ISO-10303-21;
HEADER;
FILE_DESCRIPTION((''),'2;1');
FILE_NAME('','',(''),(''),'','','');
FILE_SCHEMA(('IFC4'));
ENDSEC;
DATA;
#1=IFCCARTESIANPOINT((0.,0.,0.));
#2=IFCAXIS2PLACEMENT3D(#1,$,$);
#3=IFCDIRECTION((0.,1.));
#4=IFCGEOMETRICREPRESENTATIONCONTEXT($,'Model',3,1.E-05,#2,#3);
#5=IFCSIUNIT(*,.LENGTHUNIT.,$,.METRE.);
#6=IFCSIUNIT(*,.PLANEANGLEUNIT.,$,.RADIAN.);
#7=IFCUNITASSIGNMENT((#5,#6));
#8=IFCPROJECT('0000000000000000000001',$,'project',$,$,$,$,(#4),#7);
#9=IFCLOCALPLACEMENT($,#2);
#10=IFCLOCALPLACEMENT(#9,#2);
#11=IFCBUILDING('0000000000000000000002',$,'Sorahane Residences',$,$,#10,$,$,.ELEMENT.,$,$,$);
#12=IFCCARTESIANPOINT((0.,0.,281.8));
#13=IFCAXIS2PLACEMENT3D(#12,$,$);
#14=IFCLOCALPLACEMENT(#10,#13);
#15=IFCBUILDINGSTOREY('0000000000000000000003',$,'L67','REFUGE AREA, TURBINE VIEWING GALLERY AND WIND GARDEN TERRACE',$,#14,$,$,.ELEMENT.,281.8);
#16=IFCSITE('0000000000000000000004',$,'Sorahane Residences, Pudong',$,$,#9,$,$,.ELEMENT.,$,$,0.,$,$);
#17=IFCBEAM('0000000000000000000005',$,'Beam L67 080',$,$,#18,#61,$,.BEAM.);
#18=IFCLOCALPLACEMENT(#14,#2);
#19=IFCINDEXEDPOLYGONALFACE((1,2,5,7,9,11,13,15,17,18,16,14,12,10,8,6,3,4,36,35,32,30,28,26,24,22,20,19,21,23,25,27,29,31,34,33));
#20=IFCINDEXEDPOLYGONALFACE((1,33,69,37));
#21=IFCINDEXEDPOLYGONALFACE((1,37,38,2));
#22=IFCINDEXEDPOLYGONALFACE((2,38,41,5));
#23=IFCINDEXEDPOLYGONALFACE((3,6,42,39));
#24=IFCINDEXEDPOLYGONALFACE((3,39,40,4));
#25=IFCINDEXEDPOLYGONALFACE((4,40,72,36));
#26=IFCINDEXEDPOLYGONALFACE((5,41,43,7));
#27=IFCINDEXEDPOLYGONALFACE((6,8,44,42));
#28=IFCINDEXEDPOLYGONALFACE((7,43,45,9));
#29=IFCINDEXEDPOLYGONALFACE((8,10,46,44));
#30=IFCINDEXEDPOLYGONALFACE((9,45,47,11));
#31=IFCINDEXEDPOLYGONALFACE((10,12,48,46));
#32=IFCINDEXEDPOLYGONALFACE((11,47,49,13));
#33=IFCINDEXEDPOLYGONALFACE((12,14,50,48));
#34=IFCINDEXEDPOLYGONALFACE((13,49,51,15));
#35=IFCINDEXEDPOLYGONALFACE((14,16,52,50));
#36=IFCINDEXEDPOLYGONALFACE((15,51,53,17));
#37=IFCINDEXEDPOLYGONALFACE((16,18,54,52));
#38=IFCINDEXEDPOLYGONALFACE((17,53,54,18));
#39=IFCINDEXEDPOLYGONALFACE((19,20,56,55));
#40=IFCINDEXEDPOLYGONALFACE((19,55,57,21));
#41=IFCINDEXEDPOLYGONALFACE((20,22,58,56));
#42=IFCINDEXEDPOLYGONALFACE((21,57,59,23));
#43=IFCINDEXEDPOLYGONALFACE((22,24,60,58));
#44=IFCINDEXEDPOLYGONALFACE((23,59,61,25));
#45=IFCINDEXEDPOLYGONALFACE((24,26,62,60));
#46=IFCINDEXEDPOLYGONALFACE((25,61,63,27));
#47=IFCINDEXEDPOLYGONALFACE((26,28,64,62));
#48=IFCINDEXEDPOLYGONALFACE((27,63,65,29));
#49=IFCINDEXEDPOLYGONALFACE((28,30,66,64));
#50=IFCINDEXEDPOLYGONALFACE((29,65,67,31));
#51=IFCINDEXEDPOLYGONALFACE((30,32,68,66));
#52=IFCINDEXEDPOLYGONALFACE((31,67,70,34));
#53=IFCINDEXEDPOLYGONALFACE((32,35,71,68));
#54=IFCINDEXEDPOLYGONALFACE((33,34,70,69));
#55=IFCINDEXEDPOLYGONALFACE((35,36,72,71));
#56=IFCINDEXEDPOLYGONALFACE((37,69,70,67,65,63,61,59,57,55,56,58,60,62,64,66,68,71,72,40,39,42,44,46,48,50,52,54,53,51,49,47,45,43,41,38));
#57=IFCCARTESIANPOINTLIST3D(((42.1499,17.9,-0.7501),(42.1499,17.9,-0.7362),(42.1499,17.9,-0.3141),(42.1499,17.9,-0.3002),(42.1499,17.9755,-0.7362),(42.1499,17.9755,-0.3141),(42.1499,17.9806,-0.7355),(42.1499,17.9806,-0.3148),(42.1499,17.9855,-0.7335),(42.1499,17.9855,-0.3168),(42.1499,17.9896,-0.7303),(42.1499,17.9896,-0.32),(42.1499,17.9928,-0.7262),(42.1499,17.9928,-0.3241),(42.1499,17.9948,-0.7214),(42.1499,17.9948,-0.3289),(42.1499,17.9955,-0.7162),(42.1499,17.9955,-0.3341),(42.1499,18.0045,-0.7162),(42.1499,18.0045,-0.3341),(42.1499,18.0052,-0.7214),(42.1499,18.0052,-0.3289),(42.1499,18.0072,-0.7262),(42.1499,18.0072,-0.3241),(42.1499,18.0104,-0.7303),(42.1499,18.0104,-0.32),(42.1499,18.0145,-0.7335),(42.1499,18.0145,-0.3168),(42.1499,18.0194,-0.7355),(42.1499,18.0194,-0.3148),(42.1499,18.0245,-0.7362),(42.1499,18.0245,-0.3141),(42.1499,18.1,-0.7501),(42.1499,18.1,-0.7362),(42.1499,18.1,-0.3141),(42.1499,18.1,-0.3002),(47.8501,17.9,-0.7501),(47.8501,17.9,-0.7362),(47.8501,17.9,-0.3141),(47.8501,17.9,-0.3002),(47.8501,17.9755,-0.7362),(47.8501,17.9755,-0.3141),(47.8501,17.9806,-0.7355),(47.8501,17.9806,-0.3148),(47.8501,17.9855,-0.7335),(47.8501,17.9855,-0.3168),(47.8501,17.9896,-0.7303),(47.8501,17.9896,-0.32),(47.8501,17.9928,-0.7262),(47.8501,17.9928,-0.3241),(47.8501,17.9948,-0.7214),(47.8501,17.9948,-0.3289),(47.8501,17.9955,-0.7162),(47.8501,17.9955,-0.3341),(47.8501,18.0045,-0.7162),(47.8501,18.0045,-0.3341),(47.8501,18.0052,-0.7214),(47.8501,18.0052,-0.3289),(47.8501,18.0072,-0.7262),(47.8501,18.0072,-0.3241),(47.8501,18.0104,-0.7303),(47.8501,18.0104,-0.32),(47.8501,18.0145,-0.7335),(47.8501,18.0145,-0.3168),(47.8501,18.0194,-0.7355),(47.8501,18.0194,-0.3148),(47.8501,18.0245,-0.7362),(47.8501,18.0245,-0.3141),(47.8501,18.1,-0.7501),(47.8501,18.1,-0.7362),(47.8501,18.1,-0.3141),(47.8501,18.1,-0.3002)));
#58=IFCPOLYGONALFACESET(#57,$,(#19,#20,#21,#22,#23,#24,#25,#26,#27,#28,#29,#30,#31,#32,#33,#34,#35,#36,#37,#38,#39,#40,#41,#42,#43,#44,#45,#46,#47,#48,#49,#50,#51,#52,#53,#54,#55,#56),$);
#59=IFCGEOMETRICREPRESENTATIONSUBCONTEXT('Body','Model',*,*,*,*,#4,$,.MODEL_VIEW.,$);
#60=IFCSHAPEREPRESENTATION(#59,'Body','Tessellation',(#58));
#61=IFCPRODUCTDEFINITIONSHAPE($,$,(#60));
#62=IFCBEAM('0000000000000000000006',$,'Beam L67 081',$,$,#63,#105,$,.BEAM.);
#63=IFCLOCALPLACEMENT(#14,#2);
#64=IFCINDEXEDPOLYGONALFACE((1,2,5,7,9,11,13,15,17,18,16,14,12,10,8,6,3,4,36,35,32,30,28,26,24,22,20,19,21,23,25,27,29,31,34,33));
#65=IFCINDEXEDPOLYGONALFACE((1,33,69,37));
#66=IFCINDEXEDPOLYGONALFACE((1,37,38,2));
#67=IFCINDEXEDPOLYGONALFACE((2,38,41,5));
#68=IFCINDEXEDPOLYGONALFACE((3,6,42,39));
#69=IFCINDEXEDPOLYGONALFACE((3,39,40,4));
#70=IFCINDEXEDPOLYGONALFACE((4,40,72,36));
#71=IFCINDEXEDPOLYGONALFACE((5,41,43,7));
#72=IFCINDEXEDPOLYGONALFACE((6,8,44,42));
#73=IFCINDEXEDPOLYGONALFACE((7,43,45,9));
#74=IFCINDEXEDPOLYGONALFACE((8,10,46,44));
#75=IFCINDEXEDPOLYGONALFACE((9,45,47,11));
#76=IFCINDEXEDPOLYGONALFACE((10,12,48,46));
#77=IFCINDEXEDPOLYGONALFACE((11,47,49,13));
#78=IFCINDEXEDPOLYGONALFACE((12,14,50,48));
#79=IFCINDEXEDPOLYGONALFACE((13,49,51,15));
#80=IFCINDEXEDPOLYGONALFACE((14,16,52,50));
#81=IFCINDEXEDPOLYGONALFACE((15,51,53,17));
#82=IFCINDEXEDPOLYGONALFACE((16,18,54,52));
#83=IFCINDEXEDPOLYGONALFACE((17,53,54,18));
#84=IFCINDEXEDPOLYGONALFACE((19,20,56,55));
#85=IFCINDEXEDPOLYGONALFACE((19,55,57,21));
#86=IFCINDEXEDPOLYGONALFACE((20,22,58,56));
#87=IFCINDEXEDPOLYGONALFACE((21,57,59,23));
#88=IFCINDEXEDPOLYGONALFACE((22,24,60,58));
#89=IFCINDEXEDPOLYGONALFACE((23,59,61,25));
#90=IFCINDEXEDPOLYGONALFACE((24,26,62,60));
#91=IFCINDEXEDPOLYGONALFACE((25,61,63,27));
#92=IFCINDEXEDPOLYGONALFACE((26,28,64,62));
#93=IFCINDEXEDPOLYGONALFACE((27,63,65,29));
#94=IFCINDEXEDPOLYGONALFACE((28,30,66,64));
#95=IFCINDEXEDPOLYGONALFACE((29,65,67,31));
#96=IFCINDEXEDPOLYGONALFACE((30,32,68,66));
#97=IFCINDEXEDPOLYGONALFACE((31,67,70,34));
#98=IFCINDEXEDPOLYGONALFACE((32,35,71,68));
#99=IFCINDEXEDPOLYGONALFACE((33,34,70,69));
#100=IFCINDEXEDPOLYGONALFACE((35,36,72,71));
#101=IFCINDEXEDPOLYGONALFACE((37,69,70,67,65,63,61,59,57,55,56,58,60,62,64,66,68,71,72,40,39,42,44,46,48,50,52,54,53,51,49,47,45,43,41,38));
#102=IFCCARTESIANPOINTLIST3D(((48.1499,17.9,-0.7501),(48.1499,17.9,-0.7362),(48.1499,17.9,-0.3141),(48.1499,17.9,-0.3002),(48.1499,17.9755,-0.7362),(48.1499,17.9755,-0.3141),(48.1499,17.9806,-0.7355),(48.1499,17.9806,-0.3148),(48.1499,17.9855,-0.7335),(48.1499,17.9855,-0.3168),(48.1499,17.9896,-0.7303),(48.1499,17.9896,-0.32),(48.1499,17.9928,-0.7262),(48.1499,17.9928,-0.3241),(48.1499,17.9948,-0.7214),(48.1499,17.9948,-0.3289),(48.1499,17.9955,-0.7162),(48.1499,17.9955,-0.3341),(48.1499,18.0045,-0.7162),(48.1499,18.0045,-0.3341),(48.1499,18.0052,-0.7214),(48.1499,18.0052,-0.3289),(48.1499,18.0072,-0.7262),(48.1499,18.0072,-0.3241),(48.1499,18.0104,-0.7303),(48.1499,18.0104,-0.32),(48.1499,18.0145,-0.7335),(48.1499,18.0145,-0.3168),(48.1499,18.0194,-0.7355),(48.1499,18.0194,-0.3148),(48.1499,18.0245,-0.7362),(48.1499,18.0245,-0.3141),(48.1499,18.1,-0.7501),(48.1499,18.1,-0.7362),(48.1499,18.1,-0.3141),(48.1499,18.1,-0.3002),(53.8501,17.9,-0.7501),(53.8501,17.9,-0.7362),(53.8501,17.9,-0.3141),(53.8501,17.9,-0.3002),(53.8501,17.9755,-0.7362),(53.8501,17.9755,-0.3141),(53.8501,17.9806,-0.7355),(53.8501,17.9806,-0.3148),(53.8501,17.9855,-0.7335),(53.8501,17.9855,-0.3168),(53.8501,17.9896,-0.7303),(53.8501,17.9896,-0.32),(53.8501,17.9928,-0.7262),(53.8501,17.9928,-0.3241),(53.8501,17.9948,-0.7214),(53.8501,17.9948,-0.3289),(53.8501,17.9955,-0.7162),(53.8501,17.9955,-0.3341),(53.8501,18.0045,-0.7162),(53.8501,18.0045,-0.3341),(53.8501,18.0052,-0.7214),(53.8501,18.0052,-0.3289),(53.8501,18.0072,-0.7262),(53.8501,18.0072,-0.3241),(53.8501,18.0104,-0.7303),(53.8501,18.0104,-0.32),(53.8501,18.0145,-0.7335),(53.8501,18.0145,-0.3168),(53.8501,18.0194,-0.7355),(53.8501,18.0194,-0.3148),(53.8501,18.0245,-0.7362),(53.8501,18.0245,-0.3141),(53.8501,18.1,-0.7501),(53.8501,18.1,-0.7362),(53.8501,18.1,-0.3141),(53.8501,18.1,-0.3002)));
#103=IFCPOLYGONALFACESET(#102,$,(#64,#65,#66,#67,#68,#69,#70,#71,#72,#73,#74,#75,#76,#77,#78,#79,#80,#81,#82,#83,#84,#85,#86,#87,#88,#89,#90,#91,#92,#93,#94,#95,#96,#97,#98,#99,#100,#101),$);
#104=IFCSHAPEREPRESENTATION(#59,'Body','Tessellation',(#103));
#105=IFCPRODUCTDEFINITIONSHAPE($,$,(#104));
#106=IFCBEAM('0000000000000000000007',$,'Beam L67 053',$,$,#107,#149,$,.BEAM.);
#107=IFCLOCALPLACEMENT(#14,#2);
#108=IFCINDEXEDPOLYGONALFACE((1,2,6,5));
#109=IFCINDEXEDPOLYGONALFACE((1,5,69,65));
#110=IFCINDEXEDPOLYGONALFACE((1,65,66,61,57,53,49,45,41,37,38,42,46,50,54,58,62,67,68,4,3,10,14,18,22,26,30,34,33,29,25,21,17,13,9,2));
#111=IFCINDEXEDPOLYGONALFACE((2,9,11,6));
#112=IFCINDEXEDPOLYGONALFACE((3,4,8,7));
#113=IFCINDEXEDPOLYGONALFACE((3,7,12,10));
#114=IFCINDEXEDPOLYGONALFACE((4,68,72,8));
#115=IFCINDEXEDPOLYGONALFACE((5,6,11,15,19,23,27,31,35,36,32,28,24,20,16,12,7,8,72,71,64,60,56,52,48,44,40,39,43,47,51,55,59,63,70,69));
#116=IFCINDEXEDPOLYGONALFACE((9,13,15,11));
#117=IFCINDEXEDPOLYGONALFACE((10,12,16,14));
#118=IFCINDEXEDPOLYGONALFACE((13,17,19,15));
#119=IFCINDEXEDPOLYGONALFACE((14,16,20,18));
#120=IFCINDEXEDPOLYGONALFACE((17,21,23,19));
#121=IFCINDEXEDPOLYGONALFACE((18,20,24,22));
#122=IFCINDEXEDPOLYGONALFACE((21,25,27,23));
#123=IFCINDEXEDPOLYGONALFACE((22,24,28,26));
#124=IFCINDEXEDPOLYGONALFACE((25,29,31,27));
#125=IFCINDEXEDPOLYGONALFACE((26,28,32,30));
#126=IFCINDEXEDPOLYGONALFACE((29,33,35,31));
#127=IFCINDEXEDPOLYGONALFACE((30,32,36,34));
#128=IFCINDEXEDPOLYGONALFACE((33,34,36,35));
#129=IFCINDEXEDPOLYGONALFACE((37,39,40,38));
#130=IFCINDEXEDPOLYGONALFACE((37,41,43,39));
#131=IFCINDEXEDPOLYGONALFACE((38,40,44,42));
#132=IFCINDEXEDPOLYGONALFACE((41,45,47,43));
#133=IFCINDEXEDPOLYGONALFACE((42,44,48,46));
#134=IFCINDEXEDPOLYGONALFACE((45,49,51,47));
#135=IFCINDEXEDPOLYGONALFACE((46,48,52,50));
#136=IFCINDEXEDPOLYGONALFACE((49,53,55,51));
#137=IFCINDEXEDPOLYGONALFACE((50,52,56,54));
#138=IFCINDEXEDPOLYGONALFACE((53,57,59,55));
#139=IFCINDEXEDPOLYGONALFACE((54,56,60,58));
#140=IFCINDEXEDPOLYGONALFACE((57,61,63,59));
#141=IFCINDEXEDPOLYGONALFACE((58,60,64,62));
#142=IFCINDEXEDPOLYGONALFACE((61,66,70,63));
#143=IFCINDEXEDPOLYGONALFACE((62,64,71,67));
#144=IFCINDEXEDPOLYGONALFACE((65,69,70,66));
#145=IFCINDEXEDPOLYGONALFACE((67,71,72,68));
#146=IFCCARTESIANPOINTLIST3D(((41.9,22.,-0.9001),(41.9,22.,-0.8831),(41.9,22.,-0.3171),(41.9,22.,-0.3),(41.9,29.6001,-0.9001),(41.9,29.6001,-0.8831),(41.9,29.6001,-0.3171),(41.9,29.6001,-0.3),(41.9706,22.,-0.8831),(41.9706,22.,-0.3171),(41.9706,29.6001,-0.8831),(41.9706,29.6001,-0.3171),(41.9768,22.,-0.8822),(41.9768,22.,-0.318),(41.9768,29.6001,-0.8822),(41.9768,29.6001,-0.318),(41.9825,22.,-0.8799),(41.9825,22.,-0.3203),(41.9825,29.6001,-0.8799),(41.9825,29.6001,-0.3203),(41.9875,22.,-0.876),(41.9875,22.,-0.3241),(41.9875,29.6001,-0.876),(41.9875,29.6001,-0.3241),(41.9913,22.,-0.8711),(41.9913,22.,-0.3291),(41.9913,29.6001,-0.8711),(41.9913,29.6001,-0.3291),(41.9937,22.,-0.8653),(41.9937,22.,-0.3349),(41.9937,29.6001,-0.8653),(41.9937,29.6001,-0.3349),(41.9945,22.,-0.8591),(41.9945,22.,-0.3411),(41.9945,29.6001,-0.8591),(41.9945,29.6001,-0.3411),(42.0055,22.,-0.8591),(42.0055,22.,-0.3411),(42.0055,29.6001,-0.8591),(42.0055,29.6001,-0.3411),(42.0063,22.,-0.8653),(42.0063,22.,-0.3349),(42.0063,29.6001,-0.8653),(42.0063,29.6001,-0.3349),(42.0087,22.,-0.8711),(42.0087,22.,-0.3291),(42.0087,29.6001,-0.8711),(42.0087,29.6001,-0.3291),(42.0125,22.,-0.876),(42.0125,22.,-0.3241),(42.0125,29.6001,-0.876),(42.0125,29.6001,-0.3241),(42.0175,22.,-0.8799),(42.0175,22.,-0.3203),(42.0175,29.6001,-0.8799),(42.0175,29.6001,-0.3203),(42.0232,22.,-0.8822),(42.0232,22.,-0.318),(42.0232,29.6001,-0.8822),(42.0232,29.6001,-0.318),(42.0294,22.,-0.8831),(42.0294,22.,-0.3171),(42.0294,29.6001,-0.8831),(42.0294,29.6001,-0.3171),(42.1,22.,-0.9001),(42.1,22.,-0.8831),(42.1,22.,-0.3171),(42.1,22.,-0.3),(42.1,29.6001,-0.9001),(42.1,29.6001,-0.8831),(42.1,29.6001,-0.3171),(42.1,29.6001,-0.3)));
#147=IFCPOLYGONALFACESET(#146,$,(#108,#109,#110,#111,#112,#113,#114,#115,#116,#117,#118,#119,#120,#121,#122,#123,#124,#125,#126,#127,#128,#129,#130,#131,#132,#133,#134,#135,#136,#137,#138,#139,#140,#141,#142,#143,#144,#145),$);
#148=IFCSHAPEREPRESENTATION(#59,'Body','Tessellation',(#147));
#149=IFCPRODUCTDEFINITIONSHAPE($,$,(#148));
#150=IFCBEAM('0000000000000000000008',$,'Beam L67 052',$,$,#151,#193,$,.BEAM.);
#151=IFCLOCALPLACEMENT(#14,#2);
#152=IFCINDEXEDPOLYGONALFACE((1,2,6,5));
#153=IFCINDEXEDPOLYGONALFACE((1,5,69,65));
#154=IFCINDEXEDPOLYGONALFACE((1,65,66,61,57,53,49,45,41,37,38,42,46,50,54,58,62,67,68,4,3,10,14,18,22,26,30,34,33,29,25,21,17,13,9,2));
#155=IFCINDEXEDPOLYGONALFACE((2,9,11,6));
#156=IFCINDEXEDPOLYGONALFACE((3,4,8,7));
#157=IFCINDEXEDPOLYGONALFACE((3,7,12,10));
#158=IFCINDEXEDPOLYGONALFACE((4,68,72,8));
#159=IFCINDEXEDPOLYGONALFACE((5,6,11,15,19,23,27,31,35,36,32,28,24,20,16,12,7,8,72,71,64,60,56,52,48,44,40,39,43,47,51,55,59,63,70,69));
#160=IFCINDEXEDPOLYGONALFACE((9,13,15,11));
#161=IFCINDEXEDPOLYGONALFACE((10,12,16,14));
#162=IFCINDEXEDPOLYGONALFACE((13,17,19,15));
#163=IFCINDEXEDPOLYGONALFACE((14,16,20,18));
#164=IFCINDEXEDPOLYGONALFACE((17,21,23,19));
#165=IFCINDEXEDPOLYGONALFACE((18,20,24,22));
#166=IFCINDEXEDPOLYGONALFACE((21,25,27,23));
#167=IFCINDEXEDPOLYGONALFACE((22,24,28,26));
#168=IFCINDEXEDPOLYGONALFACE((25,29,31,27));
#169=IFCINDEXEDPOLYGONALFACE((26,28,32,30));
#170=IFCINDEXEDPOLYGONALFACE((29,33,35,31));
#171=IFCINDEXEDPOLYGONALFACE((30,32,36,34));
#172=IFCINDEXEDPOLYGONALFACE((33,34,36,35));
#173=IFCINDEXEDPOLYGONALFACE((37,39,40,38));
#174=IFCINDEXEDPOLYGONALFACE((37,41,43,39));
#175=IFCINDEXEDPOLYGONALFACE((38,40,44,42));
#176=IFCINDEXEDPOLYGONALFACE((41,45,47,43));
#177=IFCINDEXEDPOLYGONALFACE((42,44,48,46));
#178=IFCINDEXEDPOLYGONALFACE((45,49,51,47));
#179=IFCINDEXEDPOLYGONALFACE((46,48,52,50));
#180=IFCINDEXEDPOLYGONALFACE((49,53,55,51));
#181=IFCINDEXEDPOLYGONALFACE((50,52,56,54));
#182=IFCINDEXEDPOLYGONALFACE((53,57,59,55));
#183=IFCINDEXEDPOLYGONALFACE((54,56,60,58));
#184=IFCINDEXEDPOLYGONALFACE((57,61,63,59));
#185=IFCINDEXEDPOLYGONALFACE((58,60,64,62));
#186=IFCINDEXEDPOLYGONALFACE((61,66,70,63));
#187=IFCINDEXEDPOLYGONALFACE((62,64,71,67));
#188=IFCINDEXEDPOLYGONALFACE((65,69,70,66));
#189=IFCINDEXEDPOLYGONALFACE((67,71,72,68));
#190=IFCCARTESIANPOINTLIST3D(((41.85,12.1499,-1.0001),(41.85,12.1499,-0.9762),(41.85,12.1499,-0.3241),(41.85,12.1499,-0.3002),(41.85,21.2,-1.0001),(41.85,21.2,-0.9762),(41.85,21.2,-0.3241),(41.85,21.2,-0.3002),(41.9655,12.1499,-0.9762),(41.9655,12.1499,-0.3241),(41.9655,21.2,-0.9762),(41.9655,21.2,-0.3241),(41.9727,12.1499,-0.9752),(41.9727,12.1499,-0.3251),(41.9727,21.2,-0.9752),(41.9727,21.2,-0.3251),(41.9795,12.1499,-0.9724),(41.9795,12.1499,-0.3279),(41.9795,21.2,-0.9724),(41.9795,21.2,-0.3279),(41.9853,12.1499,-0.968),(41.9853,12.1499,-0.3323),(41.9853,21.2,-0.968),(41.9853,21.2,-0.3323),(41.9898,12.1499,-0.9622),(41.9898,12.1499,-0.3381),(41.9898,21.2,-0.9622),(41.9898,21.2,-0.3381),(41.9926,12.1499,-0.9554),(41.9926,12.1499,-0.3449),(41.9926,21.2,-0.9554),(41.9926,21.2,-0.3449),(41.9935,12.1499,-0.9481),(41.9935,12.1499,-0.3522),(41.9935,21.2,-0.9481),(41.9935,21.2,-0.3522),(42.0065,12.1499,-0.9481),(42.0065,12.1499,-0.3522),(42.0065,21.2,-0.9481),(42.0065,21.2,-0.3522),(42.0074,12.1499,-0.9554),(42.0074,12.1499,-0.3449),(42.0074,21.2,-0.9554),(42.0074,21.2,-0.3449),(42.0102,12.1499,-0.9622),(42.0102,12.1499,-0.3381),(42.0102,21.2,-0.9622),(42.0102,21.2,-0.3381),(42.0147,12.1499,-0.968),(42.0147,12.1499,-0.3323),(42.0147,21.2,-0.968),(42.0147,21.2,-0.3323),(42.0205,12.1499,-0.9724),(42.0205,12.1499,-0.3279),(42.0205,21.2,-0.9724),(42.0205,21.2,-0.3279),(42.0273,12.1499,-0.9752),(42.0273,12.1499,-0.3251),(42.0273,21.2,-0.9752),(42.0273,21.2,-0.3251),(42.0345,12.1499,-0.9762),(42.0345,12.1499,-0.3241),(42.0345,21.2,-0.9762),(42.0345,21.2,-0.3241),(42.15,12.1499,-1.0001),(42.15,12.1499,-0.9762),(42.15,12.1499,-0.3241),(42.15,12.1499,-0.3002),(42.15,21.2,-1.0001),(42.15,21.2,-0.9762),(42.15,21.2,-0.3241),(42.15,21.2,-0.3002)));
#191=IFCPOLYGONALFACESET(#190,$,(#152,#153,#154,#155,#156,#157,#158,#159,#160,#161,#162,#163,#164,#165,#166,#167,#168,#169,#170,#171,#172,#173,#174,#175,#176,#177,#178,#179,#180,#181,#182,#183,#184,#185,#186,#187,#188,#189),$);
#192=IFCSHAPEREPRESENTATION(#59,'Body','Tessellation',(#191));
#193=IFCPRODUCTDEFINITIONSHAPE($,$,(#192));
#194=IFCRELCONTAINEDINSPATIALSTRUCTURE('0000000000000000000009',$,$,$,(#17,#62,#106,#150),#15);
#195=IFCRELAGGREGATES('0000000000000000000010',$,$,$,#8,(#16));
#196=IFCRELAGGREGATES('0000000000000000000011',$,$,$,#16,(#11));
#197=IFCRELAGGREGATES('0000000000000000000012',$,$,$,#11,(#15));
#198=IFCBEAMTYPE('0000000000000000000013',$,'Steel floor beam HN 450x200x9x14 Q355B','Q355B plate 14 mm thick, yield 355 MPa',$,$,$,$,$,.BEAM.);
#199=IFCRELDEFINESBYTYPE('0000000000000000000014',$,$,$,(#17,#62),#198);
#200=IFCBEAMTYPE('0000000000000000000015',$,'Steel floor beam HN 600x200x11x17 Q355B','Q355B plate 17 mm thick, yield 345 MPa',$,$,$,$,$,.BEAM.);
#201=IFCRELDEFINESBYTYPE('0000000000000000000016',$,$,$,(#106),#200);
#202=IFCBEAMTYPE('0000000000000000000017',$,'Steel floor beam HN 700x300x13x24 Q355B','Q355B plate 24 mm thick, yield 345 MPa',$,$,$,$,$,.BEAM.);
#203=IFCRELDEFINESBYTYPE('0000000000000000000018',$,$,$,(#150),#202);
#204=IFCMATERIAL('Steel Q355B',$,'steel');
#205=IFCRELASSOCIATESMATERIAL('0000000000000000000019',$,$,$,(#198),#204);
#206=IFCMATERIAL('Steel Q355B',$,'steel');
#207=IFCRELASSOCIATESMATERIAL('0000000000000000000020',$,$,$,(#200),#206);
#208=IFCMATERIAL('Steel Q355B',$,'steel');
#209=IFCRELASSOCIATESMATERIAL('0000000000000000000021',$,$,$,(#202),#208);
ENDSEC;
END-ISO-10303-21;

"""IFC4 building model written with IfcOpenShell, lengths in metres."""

from ifc_helpers import new_model, si_unit, direction, frame, origin, origin_2d, place, context, subcontext, project, spatial, i_section, extrude, material, material_profile, profile_set, type_object, element, save


model = new_model("IFC4")

# Units and contexts
model_context = context("Model", 3, precision=1e-05, world=origin(), true_north=direction((0.0, 1.0)))
body_context = subcontext(model_context, "Body", "Model", "MODEL_VIEW")
ifc_project = project(units=[si_unit("LENGTHUNIT", "METRE"), si_unit("PLANEANGLEUNIT", "RADIAN")], contexts=[model_context])

# Site, building, storey
site_placement = place(None, origin())
site = spatial("IfcSite", under=ifc_project, at=site_placement, Name="Sorahane Residences, Pudong", CompositionType="ELEMENT", RefElevation=0.0)
building_placement = place(site_placement, origin())
building = spatial("IfcBuilding", under=site, at=building_placement, Name="Sorahane Residences", CompositionType="ELEMENT")
storey_placement = place(building_placement, frame((0.0, 0.0, 281.8)))
storey = spatial("IfcBuildingStorey", under=building, at=storey_placement, Name="L67", Description="REFUGE AREA, TURBINE VIEWING GALLERY AND WIND GARDEN TERRACE", CompositionType="ELEMENT", Elevation=281.8)

# Beams
ifc_material_1 = material(Name="Steel Q355B", Category="steel")
ifc_material_profile_1 = material_profile(ifc_material_1, i_section(OverallWidth=0.2, OverallDepth=0.45, WebThickness=0.009, FlangeThickness=0.0139, FilletRadius=0.02, at=origin_2d()), Name="HN 450x200x9x14")
ifc_profile_set_1 = profile_set([ifc_material_profile_1], Name="Steel Q355B")
beam_type_1 = type_object("IfcBeamType", Name="Steel floor beam HN 450x200x9x14 Q355B", Description="Q355B plate 14 mm thick, yield 355 MPa", PredefinedType="BEAM", material=ifc_profile_set_1)
for number, where, z_axis, x_axis, name in (
    (1, (42.1499, 18.0, -0.5251), (1.0, 0.0, 0.0), (0.0, 1.0, 0.0), "Beam L67 080"),
    (2, (48.1499, 18.0, -0.5251), (1.0, 0.0, 0.0), (0.0, 1.0, 0.0), "Beam L67 081"),
):
    element("IfcBeam", number, at=place(storey_placement, frame(where, z_axis=z_axis, x_axis=x_axis)), inside=storey, type_object=beam_type_1, Name=name, PredefinedType="BEAM", context=body_context, shape_type="SweptSolid", body=[
        extrude(i_section(OverallWidth=0.2, OverallDepth=0.45, WebThickness=0.009, FlangeThickness=0.0139, FilletRadius=0.02, at=origin_2d()), origin(), (0.0, 0.0, 1.0), 5.7002),
    ])
ifc_material_2 = material(Name="Steel Q355B", Category="steel")
ifc_material_profile_2 = material_profile(ifc_material_2, i_section(OverallWidth=0.2, OverallDepth=0.6001, WebThickness=0.011, FlangeThickness=0.0171, FilletRadius=0.0239, at=origin_2d()), Name="HN 600x200x11x17")
ifc_profile_set_2 = profile_set([ifc_material_profile_2], Name="Steel Q355B")
beam_type_2 = type_object("IfcBeamType", Name="Steel floor beam HN 600x200x11x17 Q355B", Description="Q355B plate 17 mm thick, yield 345 MPa", PredefinedType="BEAM", material=ifc_profile_set_2)
beam_1_placement = place(storey_placement, frame((42.0, 22.0, -0.6001), z_axis=(0.0, 1.0, 0.0), x_axis=(-1.0, 0.0, 0.0)))
element("IfcBeam", 3, at=beam_1_placement, inside=storey, type_object=beam_type_2, Name="Beam L67 053", PredefinedType="BEAM", context=body_context, shape_type="SweptSolid", body=[
    extrude(i_section(OverallWidth=0.2, OverallDepth=0.6001, WebThickness=0.011, FlangeThickness=0.0171, FilletRadius=0.0239, at=origin_2d()), origin(), (0.0, 0.0, 1.0), 7.6001),
])
ifc_material_3 = material(Name="Steel Q355B", Category="steel")
ifc_material_profile_3 = material_profile(ifc_material_3, i_section(OverallWidth=0.3, OverallDepth=0.7, WebThickness=0.0129, FlangeThickness=0.0239, FilletRadius=0.0281, at=origin_2d()), Name="HN 700x300x13x24")
ifc_profile_set_3 = profile_set([ifc_material_profile_3], Name="Steel Q355B")
beam_type_3 = type_object("IfcBeamType", Name="Steel floor beam HN 700x300x13x24 Q355B", Description="Q355B plate 24 mm thick, yield 345 MPa", PredefinedType="BEAM", material=ifc_profile_set_3)
beam_2_placement = place(storey_placement, frame((42.0, 12.1499, -0.6501), z_axis=(0.0, 1.0, 0.0), x_axis=(-1.0, 0.0, 0.0)))
element("IfcBeam", 4, at=beam_2_placement, inside=storey, type_object=beam_type_3, Name="Beam L67 052", PredefinedType="BEAM", context=body_context, shape_type="SweptSolid", body=[
    extrude(i_section(OverallWidth=0.3, OverallDepth=0.7, WebThickness=0.0129, FlangeThickness=0.0239, FilletRadius=0.0281, at=origin_2d()), origin(), (0.0, 0.0, 1.0), 9.05),
])

save(model, "model.ifc")
